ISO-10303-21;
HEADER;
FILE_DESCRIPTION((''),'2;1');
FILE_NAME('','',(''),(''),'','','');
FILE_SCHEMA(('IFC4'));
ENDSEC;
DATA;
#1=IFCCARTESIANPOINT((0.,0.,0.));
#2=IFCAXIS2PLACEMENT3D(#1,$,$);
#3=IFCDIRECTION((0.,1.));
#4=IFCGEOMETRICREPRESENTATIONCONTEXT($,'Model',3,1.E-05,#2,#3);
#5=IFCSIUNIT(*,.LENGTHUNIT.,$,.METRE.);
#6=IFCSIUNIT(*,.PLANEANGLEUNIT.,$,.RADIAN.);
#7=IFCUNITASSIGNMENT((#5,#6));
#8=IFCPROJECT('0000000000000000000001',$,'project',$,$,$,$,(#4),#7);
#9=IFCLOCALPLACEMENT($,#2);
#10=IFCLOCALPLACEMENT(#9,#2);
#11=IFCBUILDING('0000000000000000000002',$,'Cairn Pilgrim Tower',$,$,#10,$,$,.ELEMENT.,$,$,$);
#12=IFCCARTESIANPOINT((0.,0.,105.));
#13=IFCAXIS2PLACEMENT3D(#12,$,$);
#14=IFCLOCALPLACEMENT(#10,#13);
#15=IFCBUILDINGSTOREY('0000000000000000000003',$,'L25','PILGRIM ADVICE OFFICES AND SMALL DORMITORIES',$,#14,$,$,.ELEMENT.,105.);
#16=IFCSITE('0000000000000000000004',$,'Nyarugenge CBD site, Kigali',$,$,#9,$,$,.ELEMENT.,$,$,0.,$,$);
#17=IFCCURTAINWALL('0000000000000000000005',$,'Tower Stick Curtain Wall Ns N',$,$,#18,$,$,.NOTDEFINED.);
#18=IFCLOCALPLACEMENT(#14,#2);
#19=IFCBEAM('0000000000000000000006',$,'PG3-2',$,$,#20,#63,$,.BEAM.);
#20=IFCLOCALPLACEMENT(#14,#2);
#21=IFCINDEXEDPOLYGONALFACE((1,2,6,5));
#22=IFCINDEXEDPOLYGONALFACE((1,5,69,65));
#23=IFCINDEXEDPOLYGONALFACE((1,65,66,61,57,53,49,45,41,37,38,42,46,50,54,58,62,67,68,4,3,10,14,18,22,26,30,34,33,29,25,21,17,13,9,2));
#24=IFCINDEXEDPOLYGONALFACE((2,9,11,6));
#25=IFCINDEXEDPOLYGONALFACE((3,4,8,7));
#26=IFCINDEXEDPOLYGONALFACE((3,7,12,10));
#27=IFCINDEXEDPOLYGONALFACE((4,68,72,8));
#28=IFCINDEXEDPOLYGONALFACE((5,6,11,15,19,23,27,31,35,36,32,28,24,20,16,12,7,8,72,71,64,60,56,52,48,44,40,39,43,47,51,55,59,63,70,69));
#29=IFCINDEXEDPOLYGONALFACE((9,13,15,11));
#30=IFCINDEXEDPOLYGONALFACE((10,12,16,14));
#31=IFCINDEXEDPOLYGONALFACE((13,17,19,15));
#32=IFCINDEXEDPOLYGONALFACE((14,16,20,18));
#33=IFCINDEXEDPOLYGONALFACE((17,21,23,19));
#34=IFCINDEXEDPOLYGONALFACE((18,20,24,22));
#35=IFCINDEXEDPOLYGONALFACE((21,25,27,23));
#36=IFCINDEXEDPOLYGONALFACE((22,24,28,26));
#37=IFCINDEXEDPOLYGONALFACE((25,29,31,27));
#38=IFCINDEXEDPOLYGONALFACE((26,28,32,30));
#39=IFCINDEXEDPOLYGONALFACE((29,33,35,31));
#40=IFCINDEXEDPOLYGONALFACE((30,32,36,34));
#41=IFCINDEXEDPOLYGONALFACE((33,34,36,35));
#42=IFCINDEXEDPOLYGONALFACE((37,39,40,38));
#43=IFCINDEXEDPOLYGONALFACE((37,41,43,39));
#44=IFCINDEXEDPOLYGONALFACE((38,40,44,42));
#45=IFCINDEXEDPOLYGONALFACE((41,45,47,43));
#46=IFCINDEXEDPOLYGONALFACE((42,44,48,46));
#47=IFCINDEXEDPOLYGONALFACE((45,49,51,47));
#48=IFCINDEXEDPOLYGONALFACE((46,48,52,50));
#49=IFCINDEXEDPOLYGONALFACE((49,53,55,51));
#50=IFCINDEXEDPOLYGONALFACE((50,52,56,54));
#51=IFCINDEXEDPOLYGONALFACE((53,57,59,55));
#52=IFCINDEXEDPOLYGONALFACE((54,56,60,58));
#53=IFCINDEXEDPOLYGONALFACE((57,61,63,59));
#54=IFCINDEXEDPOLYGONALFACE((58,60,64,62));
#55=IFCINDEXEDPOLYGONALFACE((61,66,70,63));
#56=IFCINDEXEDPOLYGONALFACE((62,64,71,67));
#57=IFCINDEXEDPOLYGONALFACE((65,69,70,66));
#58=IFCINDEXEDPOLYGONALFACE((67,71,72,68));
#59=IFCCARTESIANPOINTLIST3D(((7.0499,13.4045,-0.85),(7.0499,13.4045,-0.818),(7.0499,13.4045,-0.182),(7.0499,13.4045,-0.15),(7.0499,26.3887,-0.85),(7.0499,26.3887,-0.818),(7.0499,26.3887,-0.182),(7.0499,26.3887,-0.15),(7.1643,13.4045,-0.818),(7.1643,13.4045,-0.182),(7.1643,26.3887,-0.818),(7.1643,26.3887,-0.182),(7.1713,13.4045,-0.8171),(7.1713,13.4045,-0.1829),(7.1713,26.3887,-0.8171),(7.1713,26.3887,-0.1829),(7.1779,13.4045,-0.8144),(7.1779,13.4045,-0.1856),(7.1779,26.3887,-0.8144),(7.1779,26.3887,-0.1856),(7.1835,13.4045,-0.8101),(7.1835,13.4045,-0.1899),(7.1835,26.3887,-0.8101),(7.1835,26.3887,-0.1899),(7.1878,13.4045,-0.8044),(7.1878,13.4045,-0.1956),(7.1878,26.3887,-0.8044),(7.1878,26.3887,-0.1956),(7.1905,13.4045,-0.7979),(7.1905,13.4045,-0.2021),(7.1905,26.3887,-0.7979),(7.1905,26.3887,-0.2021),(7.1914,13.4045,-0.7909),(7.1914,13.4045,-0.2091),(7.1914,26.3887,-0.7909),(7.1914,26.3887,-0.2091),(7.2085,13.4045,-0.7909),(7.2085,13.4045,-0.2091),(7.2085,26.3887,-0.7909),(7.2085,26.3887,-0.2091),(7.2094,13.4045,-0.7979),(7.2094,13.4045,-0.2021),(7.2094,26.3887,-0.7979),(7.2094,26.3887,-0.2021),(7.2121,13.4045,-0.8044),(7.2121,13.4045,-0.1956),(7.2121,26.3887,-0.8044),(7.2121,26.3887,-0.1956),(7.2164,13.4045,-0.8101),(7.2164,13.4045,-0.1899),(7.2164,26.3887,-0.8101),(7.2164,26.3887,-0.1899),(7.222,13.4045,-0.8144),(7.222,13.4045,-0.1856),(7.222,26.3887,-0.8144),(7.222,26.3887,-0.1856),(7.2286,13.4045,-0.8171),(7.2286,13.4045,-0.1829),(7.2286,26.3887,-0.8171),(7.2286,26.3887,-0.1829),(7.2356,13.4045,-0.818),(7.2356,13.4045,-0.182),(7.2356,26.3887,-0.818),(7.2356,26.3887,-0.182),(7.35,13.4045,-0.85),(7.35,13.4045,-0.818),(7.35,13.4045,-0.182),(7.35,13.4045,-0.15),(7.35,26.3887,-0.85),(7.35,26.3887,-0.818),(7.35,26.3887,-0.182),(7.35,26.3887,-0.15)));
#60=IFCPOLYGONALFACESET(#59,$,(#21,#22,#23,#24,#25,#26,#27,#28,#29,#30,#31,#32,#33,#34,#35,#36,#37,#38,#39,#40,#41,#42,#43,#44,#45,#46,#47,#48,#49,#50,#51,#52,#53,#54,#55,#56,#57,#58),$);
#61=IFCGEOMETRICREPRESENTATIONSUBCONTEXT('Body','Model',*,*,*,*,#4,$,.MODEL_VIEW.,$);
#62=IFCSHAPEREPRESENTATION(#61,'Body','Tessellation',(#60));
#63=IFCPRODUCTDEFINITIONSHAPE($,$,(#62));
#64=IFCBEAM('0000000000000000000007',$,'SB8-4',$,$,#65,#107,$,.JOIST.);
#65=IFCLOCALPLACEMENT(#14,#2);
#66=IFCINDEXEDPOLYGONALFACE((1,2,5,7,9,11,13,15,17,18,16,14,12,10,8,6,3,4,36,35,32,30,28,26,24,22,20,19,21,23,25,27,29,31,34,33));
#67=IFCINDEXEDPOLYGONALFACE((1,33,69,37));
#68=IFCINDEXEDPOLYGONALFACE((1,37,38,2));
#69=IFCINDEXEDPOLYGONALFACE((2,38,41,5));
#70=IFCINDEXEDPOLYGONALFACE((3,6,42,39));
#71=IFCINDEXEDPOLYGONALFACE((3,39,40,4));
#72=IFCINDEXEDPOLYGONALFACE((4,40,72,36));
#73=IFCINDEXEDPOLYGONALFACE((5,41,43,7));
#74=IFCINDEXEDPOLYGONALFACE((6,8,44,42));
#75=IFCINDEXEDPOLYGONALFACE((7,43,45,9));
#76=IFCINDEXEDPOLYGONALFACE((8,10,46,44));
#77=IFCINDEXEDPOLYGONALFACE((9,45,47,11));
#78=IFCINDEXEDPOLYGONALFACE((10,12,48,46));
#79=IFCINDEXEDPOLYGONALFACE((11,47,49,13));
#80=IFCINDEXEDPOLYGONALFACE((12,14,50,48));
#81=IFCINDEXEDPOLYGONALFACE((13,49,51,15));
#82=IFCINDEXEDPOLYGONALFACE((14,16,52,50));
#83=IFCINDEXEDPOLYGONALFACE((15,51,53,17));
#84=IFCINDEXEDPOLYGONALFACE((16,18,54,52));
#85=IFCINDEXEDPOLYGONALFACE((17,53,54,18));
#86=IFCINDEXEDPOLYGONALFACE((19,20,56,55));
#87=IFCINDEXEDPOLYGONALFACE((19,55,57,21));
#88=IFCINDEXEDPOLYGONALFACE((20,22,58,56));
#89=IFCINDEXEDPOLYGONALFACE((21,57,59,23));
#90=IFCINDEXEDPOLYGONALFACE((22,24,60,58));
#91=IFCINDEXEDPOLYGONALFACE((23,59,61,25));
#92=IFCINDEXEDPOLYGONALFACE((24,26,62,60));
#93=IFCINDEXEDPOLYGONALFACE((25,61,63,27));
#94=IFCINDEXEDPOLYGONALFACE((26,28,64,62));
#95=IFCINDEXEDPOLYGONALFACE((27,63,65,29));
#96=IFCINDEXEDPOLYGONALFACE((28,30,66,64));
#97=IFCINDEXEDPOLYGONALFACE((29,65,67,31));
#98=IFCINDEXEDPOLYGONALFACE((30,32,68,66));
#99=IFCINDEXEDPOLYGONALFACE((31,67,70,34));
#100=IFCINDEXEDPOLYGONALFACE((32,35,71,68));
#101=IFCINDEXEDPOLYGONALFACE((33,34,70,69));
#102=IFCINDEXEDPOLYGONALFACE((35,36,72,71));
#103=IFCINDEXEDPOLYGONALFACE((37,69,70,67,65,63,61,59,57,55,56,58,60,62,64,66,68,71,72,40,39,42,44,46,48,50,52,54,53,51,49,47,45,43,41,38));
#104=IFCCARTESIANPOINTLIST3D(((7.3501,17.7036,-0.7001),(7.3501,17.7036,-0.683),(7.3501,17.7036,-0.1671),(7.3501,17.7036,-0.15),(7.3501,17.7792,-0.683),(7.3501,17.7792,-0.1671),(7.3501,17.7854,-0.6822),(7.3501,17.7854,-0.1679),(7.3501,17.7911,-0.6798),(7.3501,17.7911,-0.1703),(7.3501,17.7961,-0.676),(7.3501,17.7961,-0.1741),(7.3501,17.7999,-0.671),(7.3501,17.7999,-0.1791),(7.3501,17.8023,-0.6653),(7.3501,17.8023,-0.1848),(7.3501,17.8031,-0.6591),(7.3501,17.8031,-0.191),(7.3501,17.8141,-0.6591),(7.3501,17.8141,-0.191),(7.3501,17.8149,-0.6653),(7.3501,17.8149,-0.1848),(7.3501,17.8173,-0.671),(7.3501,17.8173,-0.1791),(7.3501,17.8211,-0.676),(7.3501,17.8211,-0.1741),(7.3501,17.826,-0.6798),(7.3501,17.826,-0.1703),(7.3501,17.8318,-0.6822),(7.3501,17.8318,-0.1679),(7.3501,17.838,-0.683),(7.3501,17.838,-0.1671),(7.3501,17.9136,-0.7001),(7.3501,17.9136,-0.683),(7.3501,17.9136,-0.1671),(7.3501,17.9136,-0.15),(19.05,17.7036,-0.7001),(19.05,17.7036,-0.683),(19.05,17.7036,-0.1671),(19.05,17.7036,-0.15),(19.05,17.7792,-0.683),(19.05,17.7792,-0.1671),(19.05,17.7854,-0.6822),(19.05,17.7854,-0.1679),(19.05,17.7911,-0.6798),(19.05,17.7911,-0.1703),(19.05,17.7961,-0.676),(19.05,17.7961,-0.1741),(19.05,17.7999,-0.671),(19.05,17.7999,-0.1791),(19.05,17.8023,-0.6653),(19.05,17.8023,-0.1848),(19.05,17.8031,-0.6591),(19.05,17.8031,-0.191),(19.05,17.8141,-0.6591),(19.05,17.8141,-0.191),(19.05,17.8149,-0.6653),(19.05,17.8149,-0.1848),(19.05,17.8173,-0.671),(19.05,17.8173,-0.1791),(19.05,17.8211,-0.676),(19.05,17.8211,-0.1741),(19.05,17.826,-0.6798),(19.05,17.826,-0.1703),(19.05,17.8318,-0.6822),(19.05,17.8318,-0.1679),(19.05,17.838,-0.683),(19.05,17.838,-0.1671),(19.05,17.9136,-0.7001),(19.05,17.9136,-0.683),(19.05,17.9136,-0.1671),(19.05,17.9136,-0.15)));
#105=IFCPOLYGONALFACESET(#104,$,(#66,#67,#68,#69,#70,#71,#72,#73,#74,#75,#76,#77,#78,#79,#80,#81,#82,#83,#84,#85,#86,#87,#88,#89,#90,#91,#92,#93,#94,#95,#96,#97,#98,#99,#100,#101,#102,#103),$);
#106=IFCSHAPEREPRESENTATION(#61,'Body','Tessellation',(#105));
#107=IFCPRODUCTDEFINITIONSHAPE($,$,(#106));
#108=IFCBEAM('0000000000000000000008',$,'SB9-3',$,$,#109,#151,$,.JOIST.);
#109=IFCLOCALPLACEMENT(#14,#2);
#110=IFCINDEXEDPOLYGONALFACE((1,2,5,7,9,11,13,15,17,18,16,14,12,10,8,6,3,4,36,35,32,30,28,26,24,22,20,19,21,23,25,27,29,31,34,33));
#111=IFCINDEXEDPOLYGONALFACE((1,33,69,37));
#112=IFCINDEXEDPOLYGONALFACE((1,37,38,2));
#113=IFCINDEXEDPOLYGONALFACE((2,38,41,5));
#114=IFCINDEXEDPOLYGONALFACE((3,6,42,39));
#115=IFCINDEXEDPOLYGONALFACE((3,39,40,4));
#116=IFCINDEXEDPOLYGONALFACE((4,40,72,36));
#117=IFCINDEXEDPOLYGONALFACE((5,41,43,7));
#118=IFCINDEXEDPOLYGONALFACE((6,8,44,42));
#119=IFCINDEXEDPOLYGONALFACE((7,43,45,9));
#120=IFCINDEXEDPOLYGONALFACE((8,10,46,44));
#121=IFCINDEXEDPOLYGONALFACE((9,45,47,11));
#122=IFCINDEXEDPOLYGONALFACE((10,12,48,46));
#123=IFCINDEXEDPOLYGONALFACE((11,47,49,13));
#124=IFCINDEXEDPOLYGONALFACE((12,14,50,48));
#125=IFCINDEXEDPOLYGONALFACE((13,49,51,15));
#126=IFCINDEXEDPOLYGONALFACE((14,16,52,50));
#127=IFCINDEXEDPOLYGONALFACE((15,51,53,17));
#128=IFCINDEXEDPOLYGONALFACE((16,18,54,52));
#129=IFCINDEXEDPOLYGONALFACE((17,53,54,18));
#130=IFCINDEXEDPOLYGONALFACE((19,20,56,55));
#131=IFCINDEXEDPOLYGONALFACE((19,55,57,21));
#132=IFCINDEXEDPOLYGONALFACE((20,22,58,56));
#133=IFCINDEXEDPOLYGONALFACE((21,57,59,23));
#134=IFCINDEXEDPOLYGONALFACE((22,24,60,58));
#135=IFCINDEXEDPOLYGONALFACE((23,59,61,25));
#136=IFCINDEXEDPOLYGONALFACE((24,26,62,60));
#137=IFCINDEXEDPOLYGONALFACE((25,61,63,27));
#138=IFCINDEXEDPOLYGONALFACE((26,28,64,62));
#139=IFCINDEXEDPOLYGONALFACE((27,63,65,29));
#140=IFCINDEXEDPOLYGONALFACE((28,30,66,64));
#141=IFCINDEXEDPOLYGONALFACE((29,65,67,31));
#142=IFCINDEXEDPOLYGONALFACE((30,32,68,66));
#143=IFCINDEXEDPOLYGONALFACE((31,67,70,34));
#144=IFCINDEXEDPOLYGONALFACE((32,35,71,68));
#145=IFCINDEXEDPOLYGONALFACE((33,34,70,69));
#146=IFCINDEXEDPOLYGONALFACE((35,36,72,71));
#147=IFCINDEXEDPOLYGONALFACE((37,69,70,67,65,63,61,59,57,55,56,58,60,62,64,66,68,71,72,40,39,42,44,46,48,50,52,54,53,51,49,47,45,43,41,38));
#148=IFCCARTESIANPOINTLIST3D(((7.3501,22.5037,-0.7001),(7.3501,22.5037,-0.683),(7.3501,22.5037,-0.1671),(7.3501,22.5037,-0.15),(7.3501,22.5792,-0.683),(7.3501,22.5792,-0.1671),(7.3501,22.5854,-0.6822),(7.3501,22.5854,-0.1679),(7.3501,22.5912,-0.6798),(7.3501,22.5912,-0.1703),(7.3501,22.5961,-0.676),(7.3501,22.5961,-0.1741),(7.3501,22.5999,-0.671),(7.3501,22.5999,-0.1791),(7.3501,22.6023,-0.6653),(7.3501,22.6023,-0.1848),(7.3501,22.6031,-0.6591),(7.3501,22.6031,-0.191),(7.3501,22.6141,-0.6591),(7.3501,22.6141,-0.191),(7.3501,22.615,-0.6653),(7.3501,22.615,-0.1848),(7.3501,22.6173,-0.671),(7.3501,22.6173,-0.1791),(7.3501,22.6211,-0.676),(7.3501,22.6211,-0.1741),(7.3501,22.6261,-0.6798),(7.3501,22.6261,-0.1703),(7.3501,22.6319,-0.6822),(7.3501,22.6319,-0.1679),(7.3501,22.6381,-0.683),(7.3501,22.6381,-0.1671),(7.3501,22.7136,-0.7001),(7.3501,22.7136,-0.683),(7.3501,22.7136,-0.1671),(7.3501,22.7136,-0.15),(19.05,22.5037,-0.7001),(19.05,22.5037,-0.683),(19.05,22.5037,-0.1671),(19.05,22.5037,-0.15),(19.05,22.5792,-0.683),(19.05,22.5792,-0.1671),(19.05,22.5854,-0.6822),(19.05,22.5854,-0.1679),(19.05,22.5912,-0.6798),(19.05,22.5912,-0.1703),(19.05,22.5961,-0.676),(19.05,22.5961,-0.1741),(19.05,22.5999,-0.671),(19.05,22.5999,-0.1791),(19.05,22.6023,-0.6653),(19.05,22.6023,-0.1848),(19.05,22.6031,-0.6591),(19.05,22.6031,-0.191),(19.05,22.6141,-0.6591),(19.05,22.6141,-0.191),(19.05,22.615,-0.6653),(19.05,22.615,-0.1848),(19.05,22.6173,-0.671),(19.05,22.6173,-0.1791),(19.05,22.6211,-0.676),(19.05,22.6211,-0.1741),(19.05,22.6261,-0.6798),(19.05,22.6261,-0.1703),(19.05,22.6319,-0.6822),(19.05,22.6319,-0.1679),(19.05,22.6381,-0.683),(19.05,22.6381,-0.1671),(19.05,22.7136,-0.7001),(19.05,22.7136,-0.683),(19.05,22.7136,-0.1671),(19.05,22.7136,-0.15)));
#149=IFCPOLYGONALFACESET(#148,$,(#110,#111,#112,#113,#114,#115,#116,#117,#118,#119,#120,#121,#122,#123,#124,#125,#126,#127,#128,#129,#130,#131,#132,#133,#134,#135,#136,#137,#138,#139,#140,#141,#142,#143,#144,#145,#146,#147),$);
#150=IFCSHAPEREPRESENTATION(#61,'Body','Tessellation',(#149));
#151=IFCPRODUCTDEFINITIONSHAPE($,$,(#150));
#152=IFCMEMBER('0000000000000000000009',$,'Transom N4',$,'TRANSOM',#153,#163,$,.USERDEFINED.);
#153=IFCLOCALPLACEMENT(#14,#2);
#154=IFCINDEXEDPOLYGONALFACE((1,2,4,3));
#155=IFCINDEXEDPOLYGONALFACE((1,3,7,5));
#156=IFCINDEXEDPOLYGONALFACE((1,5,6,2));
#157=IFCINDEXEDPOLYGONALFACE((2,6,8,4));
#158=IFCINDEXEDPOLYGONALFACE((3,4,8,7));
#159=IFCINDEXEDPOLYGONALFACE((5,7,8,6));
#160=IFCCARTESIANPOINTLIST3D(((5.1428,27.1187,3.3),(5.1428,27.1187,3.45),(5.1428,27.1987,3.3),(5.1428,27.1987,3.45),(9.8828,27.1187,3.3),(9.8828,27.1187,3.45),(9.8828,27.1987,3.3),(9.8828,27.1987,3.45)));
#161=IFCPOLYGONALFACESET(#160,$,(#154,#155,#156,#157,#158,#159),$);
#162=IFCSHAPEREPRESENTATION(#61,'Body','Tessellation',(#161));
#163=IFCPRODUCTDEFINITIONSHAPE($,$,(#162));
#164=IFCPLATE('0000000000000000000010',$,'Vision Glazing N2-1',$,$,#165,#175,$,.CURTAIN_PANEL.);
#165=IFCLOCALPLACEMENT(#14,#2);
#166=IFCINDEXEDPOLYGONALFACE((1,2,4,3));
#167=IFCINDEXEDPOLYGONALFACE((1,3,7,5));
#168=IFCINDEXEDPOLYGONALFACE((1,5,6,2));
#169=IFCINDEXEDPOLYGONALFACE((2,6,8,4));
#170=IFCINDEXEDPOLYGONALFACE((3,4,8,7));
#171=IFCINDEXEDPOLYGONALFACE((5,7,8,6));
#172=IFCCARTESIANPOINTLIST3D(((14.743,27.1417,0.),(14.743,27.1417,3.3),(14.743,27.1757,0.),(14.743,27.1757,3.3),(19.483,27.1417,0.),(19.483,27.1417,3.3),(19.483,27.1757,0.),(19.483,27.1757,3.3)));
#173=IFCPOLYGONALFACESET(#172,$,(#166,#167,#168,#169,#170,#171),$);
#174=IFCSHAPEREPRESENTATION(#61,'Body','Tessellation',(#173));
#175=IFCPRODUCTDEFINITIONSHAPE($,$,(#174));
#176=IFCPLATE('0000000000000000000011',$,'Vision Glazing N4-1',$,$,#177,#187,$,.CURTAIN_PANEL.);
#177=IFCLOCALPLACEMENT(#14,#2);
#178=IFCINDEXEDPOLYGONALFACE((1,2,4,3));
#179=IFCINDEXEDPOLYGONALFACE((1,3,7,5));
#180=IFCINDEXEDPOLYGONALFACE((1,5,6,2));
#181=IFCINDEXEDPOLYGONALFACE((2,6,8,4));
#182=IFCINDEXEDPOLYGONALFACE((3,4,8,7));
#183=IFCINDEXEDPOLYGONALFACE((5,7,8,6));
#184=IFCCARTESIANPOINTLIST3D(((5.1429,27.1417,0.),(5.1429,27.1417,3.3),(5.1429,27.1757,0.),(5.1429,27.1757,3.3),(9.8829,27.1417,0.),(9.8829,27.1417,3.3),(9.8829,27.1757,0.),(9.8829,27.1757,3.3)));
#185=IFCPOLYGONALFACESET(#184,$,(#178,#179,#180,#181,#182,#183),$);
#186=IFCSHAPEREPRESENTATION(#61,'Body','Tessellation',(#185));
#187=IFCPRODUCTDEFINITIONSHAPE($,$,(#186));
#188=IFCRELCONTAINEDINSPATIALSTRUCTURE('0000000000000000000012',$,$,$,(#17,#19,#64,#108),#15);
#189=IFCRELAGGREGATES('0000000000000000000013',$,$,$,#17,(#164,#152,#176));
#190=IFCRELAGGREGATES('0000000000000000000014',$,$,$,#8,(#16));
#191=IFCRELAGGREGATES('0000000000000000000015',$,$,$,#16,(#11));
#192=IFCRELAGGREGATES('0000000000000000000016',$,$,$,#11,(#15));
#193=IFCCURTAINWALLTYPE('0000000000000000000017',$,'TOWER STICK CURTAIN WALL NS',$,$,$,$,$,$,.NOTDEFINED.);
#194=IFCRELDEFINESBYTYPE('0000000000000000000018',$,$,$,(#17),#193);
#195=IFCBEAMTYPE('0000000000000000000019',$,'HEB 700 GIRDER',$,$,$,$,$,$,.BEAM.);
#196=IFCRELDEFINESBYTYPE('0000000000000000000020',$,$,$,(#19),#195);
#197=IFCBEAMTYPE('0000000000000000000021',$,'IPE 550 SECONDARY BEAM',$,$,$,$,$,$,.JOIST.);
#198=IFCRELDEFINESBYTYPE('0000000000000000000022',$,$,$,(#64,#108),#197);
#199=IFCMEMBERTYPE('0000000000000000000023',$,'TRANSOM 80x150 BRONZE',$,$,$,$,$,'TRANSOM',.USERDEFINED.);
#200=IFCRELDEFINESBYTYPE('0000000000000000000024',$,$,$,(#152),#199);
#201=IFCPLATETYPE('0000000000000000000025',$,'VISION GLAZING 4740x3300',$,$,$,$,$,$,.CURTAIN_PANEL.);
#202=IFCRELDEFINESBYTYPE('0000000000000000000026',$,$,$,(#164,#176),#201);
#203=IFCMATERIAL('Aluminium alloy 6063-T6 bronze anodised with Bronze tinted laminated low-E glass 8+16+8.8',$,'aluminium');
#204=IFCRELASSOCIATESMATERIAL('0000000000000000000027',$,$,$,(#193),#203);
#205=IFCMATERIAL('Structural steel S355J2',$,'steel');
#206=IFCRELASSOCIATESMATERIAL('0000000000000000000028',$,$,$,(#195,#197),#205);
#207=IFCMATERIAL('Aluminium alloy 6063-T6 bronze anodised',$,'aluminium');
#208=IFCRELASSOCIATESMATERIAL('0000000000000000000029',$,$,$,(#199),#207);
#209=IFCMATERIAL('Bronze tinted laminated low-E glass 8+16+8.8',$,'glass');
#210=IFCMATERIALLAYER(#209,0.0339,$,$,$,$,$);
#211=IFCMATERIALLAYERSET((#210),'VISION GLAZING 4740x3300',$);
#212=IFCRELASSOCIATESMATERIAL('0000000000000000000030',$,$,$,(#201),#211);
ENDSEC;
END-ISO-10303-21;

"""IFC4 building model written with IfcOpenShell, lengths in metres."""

from ifc_helpers import new_model, si_unit, direction, frame, origin, origin_2d, place, context, subcontext, project, spatial, rectangle, i_section, extrude, material, layer, layer_set, material_profile, profile_set, type_object, element, aggregate, save


model = new_model("IFC4")

# Units and contexts
model_context = context("Model", 3, precision=1e-05, world=origin(), true_north=direction((0.0, 1.0)))
body_context = subcontext(model_context, "Body", "Model", "MODEL_VIEW")
ifc_project = project(units=[si_unit("LENGTHUNIT", "METRE"), si_unit("PLANEANGLEUNIT", "RADIAN")], contexts=[model_context])

# Site, building, storey
site_placement = place(None, origin())
site = spatial("IfcSite", under=ifc_project, at=site_placement, Name="Nyarugenge CBD site, Kigali", CompositionType="ELEMENT", RefElevation=0.0)
building_placement = place(site_placement, origin())
building = spatial("IfcBuilding", under=site, at=building_placement, Name="Cairn Pilgrim Tower", CompositionType="ELEMENT")
storey_placement = place(building_placement, frame((0.0, 0.0, 105.0)))
storey = spatial("IfcBuildingStorey", under=building, at=storey_placement, Name="L25", Description="PILGRIM ADVICE OFFICES AND SMALL DORMITORIES", CompositionType="ELEMENT", Elevation=105.0)

# Curtain wall
ifc_material_1 = material(Name="Aluminium alloy 6063-T6 bronze anodised with Bronze tinted laminated low-E glass 8+16+8.8", Category="aluminium")
curtain_wall_type = type_object("IfcCurtainWallType", Name="TOWER STICK CURTAIN WALL NS", PredefinedType="NOTDEFINED", material=ifc_material_1)
curtain_wall_placement = place(storey_placement, origin())
curtain_wall = element("IfcCurtainWall", 1, at=curtain_wall_placement, inside=storey, type_object=curtain_wall_type, Name="Tower Stick Curtain Wall Ns N", PredefinedType="NOTDEFINED")
ifc_material_2 = material(Name="Aluminium alloy 6063-T6 bronze anodised", Category="aluminium")

# Beams
ifc_material_3 = material(Name="Structural steel S355J2", Category="steel")
ifc_material_profile_1 = material_profile(ifc_material_3, i_section(OverallWidth=0.3, OverallDepth=0.7, WebThickness=0.0171, FlangeThickness=0.032, FilletRadius=0.0271, at=origin_2d()), Name="HEB 700")
ifc_profile_set_1 = profile_set([ifc_material_profile_1], Name="Structural steel S355J2")
beam_type_1 = type_object("IfcBeamType", Name="HEB 700 GIRDER", PredefinedType="BEAM", material=ifc_profile_set_1)
beam_1_placement = place(storey_placement, frame((7.2, 13.4045, -0.5), z_axis=(0.0, 1.0, 0.0), x_axis=(-1.0, 0.0, 0.0)))
element("IfcBeam", 2, at=beam_1_placement, inside=storey, type_object=beam_type_1, Name="PG3-2", PredefinedType="BEAM", context=body_context, shape_type="SweptSolid", body=[
    extrude(i_section(OverallWidth=0.3, OverallDepth=0.7, WebThickness=0.0171, FlangeThickness=0.032, FilletRadius=0.0271, at=origin_2d()), origin(), (0.0, 0.0, 1.0), 12.9841),
])
ifc_material_profile_2 = material_profile(ifc_material_3, i_section(OverallWidth=0.21, OverallDepth=0.55, WebThickness=0.011, FlangeThickness=0.0171, FilletRadius=0.0239, at=origin_2d()), Name="IPE 550")
ifc_profile_set_2 = profile_set([ifc_material_profile_2], Name="Structural steel S355J2")
beam_type_2 = type_object("IfcBeamType", Name="IPE 550 SECONDARY BEAM", PredefinedType="JOIST", material=ifc_profile_set_2)
for number, where, z_axis, x_axis, name in (
    (3, (7.3501, 17.8086, -0.425), (1.0, 0.0, 0.0), (0.0, 1.0, 0.0), "SB8-4"),
    (4, (7.3501, 22.6086, -0.425), (1.0, 0.0, 0.0), (0.0, 1.0, 0.0), "SB9-3"),
):
    element("IfcBeam", number, at=place(storey_placement, frame(where, z_axis=z_axis, x_axis=x_axis)), inside=storey, type_object=beam_type_2, Name=name, PredefinedType="JOIST", context=body_context, shape_type="SweptSolid", body=[
        extrude(i_section(OverallWidth=0.21, OverallDepth=0.55, WebThickness=0.011, FlangeThickness=0.0171, FilletRadius=0.0239, at=origin_2d()), origin(), (0.0, 0.0, 1.0), 11.7),
    ])

# Member
ifc_material_profile_3 = material_profile(ifc_material_2, rectangle(XDim=0.0801, YDim=0.1499, at=origin_2d()), Name="TRANSOM 80x150 BRONZE")
ifc_profile_set_3 = profile_set([ifc_material_profile_3], Name="Aluminium alloy 6063-T6 bronze anodised")
member_type_1 = type_object("IfcMemberType", Name="TRANSOM 80x150 BRONZE", ElementType="TRANSOM", PredefinedType="USERDEFINED", material=ifc_profile_set_3)
member_1_placement = place(storey_placement, frame((9.8828, 27.1587, 3.375), z_axis=(-1.0, 0.0, 0.0), x_axis=(0.0, -1.0, 0.0)))
member_1 = element("IfcMember", 5, at=member_1_placement, type_object=member_type_1, Name="Transom N4", ObjectType="TRANSOM", PredefinedType="USERDEFINED", context=body_context, shape_type="SweptSolid", body=[
    extrude(rectangle(XDim=0.0801, YDim=0.1499, at=origin_2d()), origin(), (0.0, 0.0, 1.0), 4.74),
])

# Plates
ifc_material_4 = material(Name="Bronze tinted laminated low-E glass 8+16+8.8", Category="glass")
ifc_layer_1 = layer(ifc_material_4, 0.0339)
ifc_layer_set_1 = layer_set([ifc_layer_1], Name="VISION GLAZING 4740x3300")
plate_type = type_object("IfcPlateType", Name="VISION GLAZING 4740x3300", PredefinedType="CURTAIN_PANEL", material=ifc_layer_set_1)
plate_1_placement = place(storey_placement, frame((17.113, 27.1587, 0.0), z_axis=(0.0, 0.0, 1.0), x_axis=(-1.0, 0.0, 0.0)))
plate_1 = element("IfcPlate", 6, at=plate_1_placement, type_object=plate_type, Name="Vision Glazing N2-1", PredefinedType="CURTAIN_PANEL", context=body_context, shape_type="SweptSolid", body=[
    extrude(rectangle(XDim=4.74, YDim=0.0339, at=origin_2d()), origin(), (0.0, 0.0, 1.0), 3.3),
])
plate_2_placement = place(storey_placement, frame((7.5129, 27.1587, 0.0), z_axis=(0.0, 0.0, 1.0), x_axis=(-1.0, 0.0, 0.0)))
plate_2 = element("IfcPlate", 7, at=plate_2_placement, type_object=plate_type, Name="Vision Glazing N4-1", PredefinedType="CURTAIN_PANEL", context=body_context, shape_type="SweptSolid", body=[
    extrude(rectangle(XDim=4.74, YDim=0.0339, at=origin_2d()), origin(), (0.0, 0.0, 1.0), 3.3),
])
aggregate(curtain_wall, [plate_1, member_1, plate_2])

save(model, "model.ifc")
